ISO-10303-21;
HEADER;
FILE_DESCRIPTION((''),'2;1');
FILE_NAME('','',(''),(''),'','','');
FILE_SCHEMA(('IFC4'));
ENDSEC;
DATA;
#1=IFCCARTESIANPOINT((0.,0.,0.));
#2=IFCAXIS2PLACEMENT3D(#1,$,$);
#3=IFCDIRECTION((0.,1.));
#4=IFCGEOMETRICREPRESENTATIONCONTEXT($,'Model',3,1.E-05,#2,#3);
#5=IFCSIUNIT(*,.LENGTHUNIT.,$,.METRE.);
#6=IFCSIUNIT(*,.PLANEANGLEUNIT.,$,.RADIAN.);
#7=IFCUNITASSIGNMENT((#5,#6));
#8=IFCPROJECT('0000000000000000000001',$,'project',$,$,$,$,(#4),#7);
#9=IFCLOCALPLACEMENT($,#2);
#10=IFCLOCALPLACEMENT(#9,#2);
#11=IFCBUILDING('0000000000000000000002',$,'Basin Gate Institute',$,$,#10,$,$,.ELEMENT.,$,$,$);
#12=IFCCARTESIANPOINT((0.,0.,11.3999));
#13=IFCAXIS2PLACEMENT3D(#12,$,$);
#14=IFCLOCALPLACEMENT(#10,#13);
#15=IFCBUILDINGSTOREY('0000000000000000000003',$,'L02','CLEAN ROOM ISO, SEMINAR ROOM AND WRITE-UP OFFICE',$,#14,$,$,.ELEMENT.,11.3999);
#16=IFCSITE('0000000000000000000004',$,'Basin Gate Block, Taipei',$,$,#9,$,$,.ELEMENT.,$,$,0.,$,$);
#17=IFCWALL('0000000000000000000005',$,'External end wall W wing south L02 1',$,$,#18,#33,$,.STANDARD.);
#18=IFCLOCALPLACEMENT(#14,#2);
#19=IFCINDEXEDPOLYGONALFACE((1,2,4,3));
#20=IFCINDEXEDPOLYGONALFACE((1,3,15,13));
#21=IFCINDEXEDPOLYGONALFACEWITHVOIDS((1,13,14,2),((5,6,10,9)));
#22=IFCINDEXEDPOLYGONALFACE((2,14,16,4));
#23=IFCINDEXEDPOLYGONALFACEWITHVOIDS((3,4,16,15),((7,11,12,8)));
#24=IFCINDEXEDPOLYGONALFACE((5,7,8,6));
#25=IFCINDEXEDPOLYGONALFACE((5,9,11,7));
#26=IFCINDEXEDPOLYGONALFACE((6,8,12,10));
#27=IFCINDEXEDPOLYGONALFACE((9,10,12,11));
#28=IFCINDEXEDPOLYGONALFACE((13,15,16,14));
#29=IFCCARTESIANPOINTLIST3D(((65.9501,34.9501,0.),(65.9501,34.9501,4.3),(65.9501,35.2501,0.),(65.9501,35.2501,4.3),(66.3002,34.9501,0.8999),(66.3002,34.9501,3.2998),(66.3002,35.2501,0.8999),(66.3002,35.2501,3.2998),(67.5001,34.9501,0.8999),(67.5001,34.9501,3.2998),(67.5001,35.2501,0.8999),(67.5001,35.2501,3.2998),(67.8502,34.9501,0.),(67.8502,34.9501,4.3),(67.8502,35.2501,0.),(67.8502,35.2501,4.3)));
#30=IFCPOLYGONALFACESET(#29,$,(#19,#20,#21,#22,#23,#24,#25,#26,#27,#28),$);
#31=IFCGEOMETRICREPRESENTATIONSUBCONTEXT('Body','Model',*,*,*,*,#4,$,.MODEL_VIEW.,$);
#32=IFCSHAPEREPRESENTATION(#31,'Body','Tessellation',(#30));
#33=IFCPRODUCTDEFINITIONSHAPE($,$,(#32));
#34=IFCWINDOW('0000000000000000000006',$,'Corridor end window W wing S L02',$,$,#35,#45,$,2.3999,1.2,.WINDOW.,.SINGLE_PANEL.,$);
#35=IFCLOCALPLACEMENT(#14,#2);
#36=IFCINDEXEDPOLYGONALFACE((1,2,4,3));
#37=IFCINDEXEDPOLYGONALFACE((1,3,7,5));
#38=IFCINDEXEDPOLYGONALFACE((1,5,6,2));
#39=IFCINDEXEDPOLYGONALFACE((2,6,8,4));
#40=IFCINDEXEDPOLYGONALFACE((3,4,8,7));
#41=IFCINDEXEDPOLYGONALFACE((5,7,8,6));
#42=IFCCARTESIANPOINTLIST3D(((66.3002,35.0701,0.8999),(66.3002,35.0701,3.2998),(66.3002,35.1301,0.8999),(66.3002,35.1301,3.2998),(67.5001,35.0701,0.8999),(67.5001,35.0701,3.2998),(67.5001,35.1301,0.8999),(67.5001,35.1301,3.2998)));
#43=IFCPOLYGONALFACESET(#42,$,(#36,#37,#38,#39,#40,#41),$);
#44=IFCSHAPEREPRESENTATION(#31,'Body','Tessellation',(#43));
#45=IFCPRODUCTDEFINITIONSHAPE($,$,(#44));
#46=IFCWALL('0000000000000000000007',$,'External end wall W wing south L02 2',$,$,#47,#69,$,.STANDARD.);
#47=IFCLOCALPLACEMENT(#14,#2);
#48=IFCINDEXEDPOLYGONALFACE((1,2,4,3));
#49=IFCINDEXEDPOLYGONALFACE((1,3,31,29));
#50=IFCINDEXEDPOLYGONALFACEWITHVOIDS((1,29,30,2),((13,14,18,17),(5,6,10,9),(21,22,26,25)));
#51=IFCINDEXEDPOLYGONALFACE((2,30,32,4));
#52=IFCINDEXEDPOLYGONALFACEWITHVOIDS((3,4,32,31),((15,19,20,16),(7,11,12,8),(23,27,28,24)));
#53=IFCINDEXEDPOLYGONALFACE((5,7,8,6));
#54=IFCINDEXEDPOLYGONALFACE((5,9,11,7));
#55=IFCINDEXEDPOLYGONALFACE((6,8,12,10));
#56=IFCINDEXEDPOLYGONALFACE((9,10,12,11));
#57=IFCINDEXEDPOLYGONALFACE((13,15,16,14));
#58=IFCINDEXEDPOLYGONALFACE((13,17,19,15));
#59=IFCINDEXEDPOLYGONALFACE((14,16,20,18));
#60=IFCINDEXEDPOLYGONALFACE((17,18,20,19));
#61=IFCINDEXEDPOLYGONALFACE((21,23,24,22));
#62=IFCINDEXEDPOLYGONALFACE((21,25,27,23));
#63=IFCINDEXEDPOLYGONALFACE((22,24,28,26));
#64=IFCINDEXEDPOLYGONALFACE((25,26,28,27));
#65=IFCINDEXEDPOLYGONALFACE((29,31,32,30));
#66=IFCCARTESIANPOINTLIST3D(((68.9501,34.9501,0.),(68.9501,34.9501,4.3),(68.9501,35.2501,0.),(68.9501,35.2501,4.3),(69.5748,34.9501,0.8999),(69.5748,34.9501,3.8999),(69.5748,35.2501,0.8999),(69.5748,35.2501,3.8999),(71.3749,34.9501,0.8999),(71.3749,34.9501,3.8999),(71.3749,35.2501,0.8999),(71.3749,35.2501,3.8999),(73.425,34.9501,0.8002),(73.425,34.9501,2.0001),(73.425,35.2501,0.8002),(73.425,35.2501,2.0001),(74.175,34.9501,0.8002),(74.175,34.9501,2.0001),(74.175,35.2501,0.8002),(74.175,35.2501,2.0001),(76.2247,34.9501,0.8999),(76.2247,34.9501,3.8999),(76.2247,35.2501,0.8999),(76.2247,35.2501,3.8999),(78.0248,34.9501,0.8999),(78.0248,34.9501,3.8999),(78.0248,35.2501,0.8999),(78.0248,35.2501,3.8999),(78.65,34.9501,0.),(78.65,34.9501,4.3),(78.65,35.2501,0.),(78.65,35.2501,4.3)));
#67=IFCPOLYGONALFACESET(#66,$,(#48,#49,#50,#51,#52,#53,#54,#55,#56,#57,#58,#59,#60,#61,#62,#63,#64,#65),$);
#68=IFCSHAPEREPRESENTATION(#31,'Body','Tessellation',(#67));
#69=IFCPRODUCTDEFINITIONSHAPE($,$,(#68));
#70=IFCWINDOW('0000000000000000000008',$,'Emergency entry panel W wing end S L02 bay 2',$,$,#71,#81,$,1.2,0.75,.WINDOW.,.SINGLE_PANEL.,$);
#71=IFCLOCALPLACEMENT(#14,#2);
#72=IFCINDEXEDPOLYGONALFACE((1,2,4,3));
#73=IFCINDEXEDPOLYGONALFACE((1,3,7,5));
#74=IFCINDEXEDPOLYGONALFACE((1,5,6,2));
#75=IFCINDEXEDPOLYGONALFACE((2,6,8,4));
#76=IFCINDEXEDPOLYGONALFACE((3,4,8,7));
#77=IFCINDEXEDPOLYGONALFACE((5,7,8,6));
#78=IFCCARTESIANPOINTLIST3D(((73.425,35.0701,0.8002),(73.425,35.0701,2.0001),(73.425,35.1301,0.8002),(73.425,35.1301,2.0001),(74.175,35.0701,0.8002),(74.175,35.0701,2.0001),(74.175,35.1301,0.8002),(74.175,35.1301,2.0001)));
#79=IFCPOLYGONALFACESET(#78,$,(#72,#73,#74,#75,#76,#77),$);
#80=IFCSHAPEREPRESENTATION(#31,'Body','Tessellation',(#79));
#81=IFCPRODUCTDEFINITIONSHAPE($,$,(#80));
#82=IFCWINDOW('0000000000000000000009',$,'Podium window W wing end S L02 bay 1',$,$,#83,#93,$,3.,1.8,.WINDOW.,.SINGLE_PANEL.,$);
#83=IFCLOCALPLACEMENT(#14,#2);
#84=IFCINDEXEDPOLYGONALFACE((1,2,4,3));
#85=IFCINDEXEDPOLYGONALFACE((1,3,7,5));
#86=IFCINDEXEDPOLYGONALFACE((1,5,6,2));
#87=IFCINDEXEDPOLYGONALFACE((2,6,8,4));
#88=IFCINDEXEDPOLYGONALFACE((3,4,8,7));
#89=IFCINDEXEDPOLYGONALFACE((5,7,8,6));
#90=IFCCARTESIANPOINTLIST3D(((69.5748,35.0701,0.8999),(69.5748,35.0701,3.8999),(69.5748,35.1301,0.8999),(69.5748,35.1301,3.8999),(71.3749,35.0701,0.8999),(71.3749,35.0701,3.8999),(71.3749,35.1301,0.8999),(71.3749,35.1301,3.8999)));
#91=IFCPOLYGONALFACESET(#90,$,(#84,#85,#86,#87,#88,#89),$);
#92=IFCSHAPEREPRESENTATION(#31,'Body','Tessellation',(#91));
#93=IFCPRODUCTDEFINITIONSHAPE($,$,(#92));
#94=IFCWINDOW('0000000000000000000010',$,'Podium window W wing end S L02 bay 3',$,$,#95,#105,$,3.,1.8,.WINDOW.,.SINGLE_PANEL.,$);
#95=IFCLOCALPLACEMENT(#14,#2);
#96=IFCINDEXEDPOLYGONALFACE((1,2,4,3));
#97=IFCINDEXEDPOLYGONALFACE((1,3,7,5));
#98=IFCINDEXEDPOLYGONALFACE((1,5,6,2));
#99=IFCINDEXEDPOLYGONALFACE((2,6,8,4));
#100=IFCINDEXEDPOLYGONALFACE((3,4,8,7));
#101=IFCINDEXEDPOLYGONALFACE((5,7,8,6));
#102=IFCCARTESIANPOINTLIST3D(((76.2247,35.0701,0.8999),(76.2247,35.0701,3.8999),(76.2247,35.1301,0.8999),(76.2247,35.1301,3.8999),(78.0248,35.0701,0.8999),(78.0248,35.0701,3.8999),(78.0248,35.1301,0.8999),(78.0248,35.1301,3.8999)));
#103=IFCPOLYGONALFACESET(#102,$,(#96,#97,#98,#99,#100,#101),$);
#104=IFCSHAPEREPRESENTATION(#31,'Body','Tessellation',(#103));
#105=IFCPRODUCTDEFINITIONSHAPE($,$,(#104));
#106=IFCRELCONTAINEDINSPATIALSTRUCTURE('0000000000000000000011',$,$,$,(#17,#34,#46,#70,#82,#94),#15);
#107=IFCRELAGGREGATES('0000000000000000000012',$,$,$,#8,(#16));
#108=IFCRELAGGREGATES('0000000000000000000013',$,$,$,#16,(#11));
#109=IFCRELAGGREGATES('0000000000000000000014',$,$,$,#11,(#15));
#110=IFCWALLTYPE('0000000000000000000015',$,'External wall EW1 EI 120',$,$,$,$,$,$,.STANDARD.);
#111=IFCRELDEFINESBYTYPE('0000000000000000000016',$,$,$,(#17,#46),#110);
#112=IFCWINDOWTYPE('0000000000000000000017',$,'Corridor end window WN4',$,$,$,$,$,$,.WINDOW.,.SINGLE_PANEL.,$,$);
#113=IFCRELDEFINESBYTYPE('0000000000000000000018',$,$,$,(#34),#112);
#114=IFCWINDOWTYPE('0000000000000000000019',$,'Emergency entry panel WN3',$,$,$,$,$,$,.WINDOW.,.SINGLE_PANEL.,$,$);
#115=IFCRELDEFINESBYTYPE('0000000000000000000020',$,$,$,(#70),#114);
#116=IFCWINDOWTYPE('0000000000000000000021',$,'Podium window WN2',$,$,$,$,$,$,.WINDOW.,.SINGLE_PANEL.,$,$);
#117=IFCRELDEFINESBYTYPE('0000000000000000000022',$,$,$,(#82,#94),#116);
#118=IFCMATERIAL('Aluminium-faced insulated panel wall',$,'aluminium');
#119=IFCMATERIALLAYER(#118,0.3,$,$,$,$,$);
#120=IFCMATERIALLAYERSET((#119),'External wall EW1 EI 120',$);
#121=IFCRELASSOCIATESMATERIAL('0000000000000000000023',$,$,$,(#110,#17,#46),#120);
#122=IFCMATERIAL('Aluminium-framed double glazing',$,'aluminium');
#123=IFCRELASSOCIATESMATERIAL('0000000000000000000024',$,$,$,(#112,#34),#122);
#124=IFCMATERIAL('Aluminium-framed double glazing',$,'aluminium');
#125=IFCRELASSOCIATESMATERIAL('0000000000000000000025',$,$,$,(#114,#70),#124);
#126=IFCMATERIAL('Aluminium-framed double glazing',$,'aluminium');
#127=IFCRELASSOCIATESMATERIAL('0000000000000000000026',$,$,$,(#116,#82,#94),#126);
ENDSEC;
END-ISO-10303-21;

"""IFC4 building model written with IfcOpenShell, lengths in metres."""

from ifc_helpers import new_model, si_unit, direction, frame, frame_2d, origin, place, context, subcontext, project, spatial, rectangle, extrude, material, layer, layer_set, type_object, element, fill, save


model = new_model("IFC4")

# Units and contexts
model_context = context("Model", 3, precision=1e-05, world=origin(), true_north=direction((0.0, 1.0)))
body_context = subcontext(model_context, "Body", "Model", "MODEL_VIEW")
ifc_project = project(units=[si_unit("LENGTHUNIT", "METRE"), si_unit("PLANEANGLEUNIT", "RADIAN")], contexts=[model_context])

# Site, building, storey
site_placement = place(None, origin())
site = spatial("IfcSite", under=ifc_project, at=site_placement, Name="Basin Gate Block, Taipei", CompositionType="ELEMENT", RefElevation=0.0)
building_placement = place(site_placement, origin())
building = spatial("IfcBuilding", under=site, at=building_placement, Name="Basin Gate Institute", CompositionType="ELEMENT")
storey_placement = place(building_placement, frame((0.0, 0.0, 11.3999)))
storey = spatial("IfcBuildingStorey", under=building, at=storey_placement, Name="L02", Description="CLEAN ROOM ISO, SEMINAR ROOM AND WRITE-UP OFFICE", CompositionType="ELEMENT", Elevation=11.3999)

# Wall, opening, window
ifc_material_1 = material(Name="Aluminium-faced insulated panel wall", Category="aluminium")
ifc_layer_1 = layer(ifc_material_1, 0.3)
ifc_layer_set_1 = layer_set([ifc_layer_1], Name="External wall EW1 EI 120")
wall_type = type_object("IfcWallType", Name="External wall EW1 EI 120", PredefinedType="STANDARD", material=ifc_layer_set_1)
wall_1_placement = place(storey_placement, frame((65.95, 35.1001, 0.0), z_axis=(0.0, 0.0, 1.0), x_axis=(1.0, 0.0, 0.0)))
wall_1 = element("IfcWall", 1, at=wall_1_placement, inside=storey, type_object=wall_type, material=ifc_layer_set_1, Name="External end wall W wing south L02 1", PredefinedType="STANDARD", context=body_context, shape_type="SweptSolid", body=[
    extrude(rectangle(XDim=1.9001, YDim=0.3, at=frame_2d((0.9502, 0.0))), origin(), (0.0, 0.0, 1.0), 4.3),
])
opening_1_placement = place(wall_1_placement, frame((0.3501, 0.0, 0.8999)))
opening_1 = element("IfcOpeningElement", 2, at=opening_1_placement, cuts=wall_1, PredefinedType="OPENING", context=body_context, shape_type="SweptSolid", body=[
    extrude(rectangle(XDim=1.2, YDim=2.3999, at=frame_2d((0.6001, 1.2))), frame((0.0, 0.1602, 0.0), z_axis=(0.0, -1.0, 0.0), x_axis=(1.0, 0.0, 0.0)), (0.0, 0.0, 1.0), 0.3201),
])
ifc_material_2 = material(Name="Aluminium-framed double glazing", Category="aluminium")
window_type_1 = type_object("IfcWindowType", Name="Corridor end window WN4", PartitioningType="SINGLE_PANEL", PredefinedType="WINDOW", material=ifc_material_2)
window_1_placement = place(opening_1_placement, origin())
window_1 = element("IfcWindow", 3, at=window_1_placement, inside=storey, type_object=window_type_1, material=ifc_material_2, Name="Corridor end window W wing S L02", OverallHeight=2.3999, OverallWidth=1.2, PartitioningType="SINGLE_PANEL", PredefinedType="WINDOW", context=body_context, shape_type="SweptSolid", body=[
    extrude(rectangle(XDim=1.2, YDim=2.3999, at=frame_2d((0.6001, 1.2))), frame((0.0, 0.03, 0.0), z_axis=(0.0, -1.0, 0.0), x_axis=(1.0, 0.0, 0.0)), (0.0, 0.0, 1.0), 0.0601),
])
fill(opening_1, window_1)

# Wall, openings, windows
wall_2_placement = place(storey_placement, frame((68.95, 35.1001, 0.0), z_axis=(0.0, 0.0, 1.0), x_axis=(1.0, 0.0, 0.0)))
wall_2 = element("IfcWall", 4, at=wall_2_placement, inside=storey, type_object=wall_type, material=ifc_layer_set_1, Name="External end wall W wing south L02 2", PredefinedType="STANDARD", context=body_context, shape_type="SweptSolid", body=[
    extrude(rectangle(XDim=9.7, YDim=0.3, at=frame_2d((4.8501, 0.0))), origin(), (0.0, 0.0, 1.0), 4.3),
])
opening_2_placement = place(wall_2_placement, frame((0.625, 0.0, 0.8999)))
opening_2 = element("IfcOpeningElement", 5, at=opening_2_placement, cuts=wall_2, PredefinedType="OPENING", context=body_context, shape_type="SweptSolid", body=[
    extrude(rectangle(XDim=1.8, YDim=3.0, at=frame_2d((0.8999, 1.5))), frame((0.0, 0.1602, 0.0), z_axis=(0.0, -1.0, 0.0), x_axis=(1.0, 0.0, 0.0)), (0.0, 0.0, 1.0), 0.3201),
])
opening_3_placement = place(wall_2_placement, frame((4.4751, 0.0, 0.8)))
opening_3 = element("IfcOpeningElement", 6, at=opening_3_placement, cuts=wall_2, PredefinedType="OPENING", context=body_context, shape_type="SweptSolid", body=[
    extrude(rectangle(XDim=0.75, YDim=1.2, at=frame_2d((0.375, 0.6001))), frame((0.0, 0.1602, 0.0), z_axis=(0.0, -1.0, 0.0), x_axis=(1.0, 0.0, 0.0)), (0.0, 0.0, 1.0), 0.3201),
])
opening_4_placement = place(wall_2_placement, frame((7.2749, 0.0, 0.8999)))
opening_4 = element("IfcOpeningElement", 7, at=opening_4_placement, cuts=wall_2, PredefinedType="OPENING", context=body_context, shape_type="SweptSolid", body=[
    extrude(rectangle(XDim=1.8, YDim=3.0, at=frame_2d((0.8999, 1.5))), frame((0.0, 0.1602, 0.0), z_axis=(0.0, -1.0, 0.0), x_axis=(1.0, 0.0, 0.0)), (0.0, 0.0, 1.0), 0.3201),
])
ifc_material_3 = material(Name="Aluminium-framed double glazing", Category="aluminium")
window_type_2 = type_object("IfcWindowType", Name="Emergency entry panel WN3", PartitioningType="SINGLE_PANEL", PredefinedType="WINDOW", material=ifc_material_3)
window_2_placement = place(opening_3_placement, origin())
window_2 = element("IfcWindow", 8, at=window_2_placement, inside=storey, type_object=window_type_2, material=ifc_material_3, Name="Emergency entry panel W wing end S L02 bay 2", OverallHeight=1.2, OverallWidth=0.75, PartitioningType="SINGLE_PANEL", PredefinedType="WINDOW", context=body_context, shape_type="SweptSolid", body=[
    extrude(rectangle(XDim=0.75, YDim=1.2, at=frame_2d((0.375, 0.6001))), frame((0.0, 0.03, 0.0), z_axis=(0.0, -1.0, 0.0), x_axis=(1.0, 0.0, 0.0)), (0.0, 0.0, 1.0), 0.0601),
])
fill(opening_3, window_2)
ifc_material_4 = material(Name="Aluminium-framed double glazing", Category="aluminium")
window_type_3 = type_object("IfcWindowType", Name="Podium window WN2", PartitioningType="SINGLE_PANEL", PredefinedType="WINDOW", material=ifc_material_4)
window_3_placement = place(opening_2_placement, origin())
window_3 = element("IfcWindow", 9, at=window_3_placement, inside=storey, type_object=window_type_3, material=ifc_material_4, Name="Podium window W wing end S L02 bay 1", OverallHeight=3.0, OverallWidth=1.8, PartitioningType="SINGLE_PANEL", PredefinedType="WINDOW", context=body_context, shape_type="SweptSolid", body=[
    extrude(rectangle(XDim=1.8, YDim=3.0, at=frame_2d((0.8999, 1.5))), frame((0.0, 0.03, 0.0), z_axis=(0.0, -1.0, 0.0), x_axis=(1.0, 0.0, 0.0)), (0.0, 0.0, 1.0), 0.0601),
])
fill(opening_2, window_3)
window_4_placement = place(opening_4_placement, origin())
window_4 = element("IfcWindow", 10, at=window_4_placement, inside=storey, type_object=window_type_3, material=ifc_material_4, Name="Podium window W wing end S L02 bay 3", OverallHeight=3.0, OverallWidth=1.8, PartitioningType="SINGLE_PANEL", PredefinedType="WINDOW", context=body_context, shape_type="SweptSolid", body=[
    extrude(rectangle(XDim=1.8, YDim=3.0, at=frame_2d((0.8999, 1.5))), frame((0.0, 0.03, 0.0), z_axis=(0.0, -1.0, 0.0), x_axis=(1.0, 0.0, 0.0)), (0.0, 0.0, 1.0), 0.0601),
])
fill(opening_4, window_4)

save(model, "model.ifc")
